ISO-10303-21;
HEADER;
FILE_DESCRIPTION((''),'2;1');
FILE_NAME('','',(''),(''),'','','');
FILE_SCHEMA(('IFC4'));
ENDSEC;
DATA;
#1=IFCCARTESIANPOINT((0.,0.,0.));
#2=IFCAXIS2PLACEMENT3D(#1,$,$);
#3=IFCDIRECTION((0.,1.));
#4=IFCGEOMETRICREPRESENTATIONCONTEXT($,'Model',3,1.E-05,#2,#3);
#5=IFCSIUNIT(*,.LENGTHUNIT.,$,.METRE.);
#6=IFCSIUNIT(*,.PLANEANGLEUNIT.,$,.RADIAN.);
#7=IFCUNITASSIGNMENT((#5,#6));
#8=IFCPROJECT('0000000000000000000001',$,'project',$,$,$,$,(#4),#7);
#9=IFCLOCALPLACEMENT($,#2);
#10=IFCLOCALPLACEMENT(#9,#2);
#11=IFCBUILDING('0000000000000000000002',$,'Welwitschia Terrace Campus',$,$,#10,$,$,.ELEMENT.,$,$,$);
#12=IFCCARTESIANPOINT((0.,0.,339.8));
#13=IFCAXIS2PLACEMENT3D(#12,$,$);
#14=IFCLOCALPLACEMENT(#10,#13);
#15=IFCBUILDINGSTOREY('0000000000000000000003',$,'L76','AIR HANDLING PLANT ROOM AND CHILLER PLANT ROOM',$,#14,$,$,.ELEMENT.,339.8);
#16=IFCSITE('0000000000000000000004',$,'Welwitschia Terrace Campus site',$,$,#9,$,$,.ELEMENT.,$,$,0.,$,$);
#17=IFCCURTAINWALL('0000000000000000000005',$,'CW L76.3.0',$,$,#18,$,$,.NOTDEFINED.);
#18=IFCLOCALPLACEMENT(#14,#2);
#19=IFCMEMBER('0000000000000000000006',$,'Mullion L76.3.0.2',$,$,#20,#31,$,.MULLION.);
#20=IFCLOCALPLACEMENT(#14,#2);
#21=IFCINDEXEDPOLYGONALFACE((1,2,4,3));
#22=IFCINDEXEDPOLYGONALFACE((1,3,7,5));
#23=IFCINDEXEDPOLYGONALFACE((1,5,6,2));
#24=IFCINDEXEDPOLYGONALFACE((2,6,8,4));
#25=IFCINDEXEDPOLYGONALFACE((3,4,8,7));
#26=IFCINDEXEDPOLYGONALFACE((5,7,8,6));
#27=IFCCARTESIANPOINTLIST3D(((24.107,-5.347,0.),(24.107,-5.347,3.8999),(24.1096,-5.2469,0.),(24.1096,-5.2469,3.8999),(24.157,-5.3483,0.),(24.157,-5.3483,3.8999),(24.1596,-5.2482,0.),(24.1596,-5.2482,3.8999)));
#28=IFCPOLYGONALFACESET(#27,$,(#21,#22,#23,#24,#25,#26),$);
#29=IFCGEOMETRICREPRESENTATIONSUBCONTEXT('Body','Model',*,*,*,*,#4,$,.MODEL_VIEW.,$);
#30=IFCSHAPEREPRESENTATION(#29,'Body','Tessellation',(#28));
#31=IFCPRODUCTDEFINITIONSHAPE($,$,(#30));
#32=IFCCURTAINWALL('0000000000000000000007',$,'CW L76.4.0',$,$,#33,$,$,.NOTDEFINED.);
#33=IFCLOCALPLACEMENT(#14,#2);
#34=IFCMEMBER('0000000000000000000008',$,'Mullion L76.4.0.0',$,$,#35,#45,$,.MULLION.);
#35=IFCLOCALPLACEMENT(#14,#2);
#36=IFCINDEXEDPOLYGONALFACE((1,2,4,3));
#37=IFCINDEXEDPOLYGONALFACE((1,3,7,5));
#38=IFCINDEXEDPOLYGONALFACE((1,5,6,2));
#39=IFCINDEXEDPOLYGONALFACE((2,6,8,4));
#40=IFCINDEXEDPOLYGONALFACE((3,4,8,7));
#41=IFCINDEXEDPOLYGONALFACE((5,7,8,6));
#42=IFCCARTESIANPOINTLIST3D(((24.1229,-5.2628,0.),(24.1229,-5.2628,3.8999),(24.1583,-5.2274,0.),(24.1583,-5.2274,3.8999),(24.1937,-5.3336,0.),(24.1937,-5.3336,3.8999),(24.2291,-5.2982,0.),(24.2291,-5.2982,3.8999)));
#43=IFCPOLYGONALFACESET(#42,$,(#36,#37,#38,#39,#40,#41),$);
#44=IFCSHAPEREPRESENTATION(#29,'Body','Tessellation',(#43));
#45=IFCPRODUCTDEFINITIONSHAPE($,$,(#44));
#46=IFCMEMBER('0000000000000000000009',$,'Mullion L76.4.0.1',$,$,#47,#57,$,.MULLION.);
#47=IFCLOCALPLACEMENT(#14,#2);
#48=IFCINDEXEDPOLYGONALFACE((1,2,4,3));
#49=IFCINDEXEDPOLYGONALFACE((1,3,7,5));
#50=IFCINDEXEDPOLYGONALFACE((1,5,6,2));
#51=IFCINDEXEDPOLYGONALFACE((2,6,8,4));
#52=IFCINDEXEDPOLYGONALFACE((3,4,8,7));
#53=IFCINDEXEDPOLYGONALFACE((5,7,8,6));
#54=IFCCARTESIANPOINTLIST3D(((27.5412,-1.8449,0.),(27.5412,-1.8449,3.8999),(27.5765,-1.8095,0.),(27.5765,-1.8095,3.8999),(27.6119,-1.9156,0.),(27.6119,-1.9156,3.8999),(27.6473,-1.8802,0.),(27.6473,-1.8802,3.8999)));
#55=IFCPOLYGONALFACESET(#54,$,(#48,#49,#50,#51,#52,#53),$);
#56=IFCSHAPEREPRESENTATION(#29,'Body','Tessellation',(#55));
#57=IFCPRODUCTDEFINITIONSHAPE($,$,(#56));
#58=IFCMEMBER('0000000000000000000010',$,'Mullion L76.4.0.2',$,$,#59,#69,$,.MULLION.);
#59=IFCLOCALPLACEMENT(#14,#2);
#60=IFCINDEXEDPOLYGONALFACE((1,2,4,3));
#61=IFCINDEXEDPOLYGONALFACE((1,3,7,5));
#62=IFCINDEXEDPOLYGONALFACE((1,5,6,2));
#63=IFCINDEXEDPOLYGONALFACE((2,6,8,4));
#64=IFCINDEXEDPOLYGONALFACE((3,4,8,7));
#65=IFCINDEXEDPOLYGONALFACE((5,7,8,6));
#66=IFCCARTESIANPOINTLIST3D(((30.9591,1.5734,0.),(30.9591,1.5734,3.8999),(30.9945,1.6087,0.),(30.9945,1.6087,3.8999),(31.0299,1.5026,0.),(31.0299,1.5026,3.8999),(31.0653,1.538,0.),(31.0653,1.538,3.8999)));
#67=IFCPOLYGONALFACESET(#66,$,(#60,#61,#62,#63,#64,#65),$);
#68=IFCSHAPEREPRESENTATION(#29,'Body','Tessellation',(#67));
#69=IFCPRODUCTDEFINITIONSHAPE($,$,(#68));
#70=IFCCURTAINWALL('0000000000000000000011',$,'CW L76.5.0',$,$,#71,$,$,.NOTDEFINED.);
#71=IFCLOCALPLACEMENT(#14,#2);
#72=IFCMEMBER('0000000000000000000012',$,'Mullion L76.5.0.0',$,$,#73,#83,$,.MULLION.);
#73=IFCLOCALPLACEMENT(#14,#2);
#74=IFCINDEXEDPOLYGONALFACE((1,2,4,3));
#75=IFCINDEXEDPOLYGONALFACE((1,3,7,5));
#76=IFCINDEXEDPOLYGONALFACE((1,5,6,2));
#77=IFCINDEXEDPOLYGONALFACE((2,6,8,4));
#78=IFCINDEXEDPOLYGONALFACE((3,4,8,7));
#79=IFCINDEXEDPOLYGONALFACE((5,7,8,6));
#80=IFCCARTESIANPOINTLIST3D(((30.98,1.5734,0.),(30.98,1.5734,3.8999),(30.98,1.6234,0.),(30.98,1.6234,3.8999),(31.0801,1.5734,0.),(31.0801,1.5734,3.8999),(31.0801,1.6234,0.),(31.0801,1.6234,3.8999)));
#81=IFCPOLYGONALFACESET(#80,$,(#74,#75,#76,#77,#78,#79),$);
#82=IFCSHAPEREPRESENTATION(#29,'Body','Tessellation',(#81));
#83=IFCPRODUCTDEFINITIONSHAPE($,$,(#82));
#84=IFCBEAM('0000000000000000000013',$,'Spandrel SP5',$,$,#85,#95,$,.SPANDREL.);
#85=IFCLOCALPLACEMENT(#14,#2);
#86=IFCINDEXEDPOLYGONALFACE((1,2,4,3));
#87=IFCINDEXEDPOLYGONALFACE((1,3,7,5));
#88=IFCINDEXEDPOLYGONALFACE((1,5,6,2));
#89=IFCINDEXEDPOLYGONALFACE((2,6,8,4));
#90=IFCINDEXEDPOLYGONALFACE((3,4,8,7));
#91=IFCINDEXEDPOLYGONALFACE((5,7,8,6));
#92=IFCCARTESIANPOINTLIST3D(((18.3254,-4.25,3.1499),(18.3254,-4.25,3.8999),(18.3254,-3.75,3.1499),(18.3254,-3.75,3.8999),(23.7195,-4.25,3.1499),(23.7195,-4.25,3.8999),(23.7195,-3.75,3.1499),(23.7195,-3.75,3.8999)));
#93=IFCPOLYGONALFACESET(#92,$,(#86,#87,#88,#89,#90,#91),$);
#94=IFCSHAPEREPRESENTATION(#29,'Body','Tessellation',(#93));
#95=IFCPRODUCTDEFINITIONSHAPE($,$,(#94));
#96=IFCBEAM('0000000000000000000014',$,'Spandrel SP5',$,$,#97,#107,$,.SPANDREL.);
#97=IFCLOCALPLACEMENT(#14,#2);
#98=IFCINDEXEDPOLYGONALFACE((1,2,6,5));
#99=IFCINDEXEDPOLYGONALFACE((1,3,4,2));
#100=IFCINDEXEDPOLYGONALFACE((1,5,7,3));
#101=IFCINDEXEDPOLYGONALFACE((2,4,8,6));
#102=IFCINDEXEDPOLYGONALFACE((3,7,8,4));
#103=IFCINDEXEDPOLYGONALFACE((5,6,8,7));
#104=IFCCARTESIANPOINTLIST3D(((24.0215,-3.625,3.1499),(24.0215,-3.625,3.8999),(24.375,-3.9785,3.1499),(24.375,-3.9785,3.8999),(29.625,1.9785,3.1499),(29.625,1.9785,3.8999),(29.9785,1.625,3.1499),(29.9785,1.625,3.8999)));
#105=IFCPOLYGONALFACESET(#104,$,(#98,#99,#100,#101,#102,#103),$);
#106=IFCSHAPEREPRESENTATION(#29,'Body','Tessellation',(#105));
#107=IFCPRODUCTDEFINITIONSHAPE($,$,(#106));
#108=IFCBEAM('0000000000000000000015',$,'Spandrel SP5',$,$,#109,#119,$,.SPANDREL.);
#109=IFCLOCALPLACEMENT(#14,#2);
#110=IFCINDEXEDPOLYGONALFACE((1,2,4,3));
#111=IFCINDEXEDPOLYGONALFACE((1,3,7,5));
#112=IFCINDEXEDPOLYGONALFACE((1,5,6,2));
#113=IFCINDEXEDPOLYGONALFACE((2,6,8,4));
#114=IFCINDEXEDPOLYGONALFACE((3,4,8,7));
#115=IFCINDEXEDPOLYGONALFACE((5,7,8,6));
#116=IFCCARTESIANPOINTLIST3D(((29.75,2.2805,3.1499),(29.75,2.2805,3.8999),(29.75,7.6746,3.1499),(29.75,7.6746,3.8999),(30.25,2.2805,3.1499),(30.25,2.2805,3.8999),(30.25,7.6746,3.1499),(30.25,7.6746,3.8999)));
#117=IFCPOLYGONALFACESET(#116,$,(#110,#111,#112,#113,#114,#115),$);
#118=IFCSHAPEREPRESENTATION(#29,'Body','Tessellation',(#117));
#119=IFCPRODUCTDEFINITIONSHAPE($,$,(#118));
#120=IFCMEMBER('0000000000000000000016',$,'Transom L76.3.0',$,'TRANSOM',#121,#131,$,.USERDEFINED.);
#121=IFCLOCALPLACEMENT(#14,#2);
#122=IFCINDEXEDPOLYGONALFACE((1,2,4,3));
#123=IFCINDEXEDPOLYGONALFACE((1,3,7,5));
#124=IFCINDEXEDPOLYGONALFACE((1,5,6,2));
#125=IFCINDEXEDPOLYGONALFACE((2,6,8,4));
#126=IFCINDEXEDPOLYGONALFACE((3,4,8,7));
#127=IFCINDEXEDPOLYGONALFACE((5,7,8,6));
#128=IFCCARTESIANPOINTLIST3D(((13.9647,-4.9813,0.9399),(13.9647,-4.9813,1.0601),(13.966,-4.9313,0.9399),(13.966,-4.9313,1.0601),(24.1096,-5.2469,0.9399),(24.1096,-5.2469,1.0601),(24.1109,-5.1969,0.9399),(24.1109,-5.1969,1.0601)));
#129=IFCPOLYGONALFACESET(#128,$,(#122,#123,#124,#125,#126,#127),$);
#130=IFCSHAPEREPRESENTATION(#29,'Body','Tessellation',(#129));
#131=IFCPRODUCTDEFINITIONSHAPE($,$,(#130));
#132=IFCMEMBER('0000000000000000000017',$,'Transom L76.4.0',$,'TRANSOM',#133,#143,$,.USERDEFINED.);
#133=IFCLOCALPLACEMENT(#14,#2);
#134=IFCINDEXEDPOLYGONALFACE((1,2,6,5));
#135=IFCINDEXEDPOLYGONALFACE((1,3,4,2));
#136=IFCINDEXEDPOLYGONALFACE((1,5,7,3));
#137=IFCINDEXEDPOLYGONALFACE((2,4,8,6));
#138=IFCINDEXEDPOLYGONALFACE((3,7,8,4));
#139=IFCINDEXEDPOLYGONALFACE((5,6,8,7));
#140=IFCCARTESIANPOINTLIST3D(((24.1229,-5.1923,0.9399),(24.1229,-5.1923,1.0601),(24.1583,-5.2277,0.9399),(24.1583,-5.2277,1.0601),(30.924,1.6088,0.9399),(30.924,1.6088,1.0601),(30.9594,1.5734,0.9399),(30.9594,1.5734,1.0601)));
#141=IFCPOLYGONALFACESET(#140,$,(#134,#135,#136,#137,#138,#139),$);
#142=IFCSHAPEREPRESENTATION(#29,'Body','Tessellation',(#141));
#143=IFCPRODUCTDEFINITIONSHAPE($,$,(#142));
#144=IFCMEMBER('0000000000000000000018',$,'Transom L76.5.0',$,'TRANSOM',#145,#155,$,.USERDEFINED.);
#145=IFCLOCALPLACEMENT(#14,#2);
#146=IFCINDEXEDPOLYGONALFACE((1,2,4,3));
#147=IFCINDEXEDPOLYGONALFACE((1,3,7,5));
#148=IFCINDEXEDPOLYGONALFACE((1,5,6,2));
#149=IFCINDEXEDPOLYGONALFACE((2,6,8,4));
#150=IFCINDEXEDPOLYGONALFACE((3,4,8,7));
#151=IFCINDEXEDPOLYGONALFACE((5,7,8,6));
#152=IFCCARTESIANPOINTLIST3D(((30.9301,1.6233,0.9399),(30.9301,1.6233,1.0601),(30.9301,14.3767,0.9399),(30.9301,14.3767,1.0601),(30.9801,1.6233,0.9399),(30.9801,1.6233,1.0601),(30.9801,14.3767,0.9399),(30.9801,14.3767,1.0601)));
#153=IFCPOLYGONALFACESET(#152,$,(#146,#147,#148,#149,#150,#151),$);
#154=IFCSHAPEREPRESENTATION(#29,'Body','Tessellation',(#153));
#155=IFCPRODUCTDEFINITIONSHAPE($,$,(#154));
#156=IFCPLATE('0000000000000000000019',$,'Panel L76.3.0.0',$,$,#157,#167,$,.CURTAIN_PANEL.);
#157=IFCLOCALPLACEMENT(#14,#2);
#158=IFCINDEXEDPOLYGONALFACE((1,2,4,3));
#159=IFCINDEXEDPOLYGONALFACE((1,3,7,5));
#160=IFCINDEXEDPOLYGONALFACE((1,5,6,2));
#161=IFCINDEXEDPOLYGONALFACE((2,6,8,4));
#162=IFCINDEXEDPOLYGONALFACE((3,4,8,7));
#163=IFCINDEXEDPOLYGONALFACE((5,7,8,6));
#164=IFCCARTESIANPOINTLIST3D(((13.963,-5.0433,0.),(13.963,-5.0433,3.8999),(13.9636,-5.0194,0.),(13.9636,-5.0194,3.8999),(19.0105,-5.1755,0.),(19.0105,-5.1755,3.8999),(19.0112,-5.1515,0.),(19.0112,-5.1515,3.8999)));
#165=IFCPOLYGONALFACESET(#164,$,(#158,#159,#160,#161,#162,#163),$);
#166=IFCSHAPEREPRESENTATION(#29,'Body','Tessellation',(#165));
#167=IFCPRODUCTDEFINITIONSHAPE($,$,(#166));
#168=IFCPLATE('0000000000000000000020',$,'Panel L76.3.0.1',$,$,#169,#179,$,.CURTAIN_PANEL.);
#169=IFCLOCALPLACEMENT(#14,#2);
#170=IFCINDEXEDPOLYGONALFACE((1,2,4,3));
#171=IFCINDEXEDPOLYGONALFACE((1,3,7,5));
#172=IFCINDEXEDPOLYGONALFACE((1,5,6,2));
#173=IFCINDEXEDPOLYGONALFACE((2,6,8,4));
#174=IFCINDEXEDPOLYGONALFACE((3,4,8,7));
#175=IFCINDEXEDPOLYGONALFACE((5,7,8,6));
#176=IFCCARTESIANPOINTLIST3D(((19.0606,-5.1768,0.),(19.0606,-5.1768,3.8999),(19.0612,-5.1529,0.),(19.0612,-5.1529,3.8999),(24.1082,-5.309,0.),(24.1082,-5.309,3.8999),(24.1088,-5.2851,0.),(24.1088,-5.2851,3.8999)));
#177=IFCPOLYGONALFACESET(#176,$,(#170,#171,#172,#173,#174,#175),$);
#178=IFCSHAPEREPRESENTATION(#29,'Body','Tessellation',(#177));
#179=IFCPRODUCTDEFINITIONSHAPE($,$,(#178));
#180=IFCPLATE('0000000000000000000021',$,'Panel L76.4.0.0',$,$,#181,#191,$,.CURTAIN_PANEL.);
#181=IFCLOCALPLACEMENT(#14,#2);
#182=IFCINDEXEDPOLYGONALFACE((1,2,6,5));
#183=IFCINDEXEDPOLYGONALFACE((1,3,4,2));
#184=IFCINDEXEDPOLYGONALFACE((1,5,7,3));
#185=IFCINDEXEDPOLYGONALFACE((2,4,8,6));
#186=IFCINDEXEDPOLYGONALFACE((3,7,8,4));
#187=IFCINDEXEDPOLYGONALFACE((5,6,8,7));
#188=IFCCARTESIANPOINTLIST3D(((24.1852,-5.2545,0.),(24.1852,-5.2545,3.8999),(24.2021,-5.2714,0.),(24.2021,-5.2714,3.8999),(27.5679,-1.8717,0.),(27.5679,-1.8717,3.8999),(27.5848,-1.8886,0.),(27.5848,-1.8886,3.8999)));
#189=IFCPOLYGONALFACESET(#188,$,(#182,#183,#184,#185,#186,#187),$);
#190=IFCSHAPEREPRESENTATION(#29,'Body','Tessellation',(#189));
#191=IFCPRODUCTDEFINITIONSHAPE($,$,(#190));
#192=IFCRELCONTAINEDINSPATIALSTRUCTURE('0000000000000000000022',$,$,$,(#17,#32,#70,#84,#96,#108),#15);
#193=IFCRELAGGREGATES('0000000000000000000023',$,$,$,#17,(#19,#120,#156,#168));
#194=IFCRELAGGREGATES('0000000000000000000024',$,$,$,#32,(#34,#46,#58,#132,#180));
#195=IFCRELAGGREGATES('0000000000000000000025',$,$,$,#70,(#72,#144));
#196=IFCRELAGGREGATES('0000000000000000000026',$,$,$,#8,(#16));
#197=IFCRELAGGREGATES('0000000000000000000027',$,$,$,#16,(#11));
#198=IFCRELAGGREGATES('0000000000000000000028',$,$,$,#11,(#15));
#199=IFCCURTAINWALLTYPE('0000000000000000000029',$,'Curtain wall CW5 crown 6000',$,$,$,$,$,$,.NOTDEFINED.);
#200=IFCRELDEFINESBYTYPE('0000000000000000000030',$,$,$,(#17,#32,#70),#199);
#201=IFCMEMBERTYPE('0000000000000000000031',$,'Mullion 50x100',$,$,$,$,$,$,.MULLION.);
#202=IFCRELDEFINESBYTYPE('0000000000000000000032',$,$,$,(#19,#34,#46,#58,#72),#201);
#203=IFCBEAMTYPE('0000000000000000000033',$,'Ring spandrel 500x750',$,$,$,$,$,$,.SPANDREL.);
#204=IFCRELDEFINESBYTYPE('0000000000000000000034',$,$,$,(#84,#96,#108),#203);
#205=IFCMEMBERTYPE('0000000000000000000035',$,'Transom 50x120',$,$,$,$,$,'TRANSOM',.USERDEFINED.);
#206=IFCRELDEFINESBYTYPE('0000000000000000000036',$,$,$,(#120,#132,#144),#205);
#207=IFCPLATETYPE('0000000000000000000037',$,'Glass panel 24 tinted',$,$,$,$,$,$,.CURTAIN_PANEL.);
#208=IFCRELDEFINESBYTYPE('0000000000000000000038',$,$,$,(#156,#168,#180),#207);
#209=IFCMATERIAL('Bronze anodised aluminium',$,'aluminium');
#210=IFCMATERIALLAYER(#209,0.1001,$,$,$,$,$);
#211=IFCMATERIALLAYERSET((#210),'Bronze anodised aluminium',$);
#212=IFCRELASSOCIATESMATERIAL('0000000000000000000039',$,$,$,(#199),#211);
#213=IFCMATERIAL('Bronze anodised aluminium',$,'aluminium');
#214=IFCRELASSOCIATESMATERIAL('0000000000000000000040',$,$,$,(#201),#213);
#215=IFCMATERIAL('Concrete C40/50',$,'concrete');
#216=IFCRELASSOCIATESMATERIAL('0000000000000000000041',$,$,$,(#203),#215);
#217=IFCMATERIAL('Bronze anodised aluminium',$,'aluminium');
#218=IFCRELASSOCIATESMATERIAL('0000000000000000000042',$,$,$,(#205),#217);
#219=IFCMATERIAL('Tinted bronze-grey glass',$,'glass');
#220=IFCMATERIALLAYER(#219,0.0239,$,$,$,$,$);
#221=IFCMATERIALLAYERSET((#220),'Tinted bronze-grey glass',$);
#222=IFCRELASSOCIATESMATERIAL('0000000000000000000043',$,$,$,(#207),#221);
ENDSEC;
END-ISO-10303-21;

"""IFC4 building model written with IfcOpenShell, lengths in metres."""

from ifc_helpers import new_model, si_unit, direction, frame, origin, origin_2d, place, context, subcontext, project, spatial, rectangle, extrude, material, layer, layer_set, material_profile, profile_set, type_object, element, aggregate, save


model = new_model("IFC4")

# Units and contexts
model_context = context("Model", 3, precision=1e-05, world=origin(), true_north=direction((0.0, 1.0)))
body_context = subcontext(model_context, "Body", "Model", "MODEL_VIEW")
ifc_project = project(units=[si_unit("LENGTHUNIT", "METRE"), si_unit("PLANEANGLEUNIT", "RADIAN")], contexts=[model_context])

# Site, building, storey
site_placement = place(None, origin())
site = spatial("IfcSite", under=ifc_project, at=site_placement, Name="Welwitschia Terrace Campus site", CompositionType="ELEMENT", RefElevation=0.0)
building_placement = place(site_placement, origin())
building = spatial("IfcBuilding", under=site, at=building_placement, Name="Welwitschia Terrace Campus", CompositionType="ELEMENT")
storey_placement = place(building_placement, frame((0.0, 0.0, 339.8)))
storey = spatial("IfcBuildingStorey", under=building, at=storey_placement, Name="L76", Description="AIR HANDLING PLANT ROOM AND CHILLER PLANT ROOM", CompositionType="ELEMENT", Elevation=339.8)

# Shared definitions
ifc_material_1 = material(Name="Bronze anodised aluminium", Category="aluminium")
ifc_layer_1 = layer(ifc_material_1, 0.1001)
ifc_layer_set_1 = layer_set([ifc_layer_1], Name="Bronze anodised aluminium")
curtain_wall_type = type_object("IfcCurtainWallType", Name="Curtain wall CW5 crown 6000", PredefinedType="NOTDEFINED", material=ifc_layer_set_1)
ifc_material_2 = material(Name="Bronze anodised aluminium", Category="aluminium")
ifc_material_profile_1 = material_profile(ifc_material_2, rectangle(XDim=0.1001, YDim=0.05, at=origin_2d()))
ifc_profile_set_1 = profile_set([ifc_material_profile_1], Name="Bronze anodised aluminium")
member_type_1 = type_object("IfcMemberType", Name="Mullion 50x100", PredefinedType="MULLION", material=ifc_profile_set_1)

# Curtain walls, members
curtain_wall_1_placement = place(storey_placement, origin())
curtain_wall_1 = element("IfcCurtainWall", 1, at=curtain_wall_1_placement, inside=storey, type_object=curtain_wall_type, Name="CW L76.3.0", PredefinedType="NOTDEFINED")
member_1_placement = place(storey_placement, frame((24.1333, -5.2976, 0.0), z_axis=(0.0, 0.0, 1.0), x_axis=(0.026177, 0.999657, 0.0)))
member_1 = element("IfcMember", 2, at=member_1_placement, type_object=member_type_1, Name="Mullion L76.3.0.2", PredefinedType="MULLION", context=body_context, shape_type="SweptSolid", body=[
    extrude(rectangle(XDim=0.1001, YDim=0.05, at=origin_2d()), origin(), (0.0, 0.0, 1.0), 3.8999),
])
curtain_wall_2_placement = place(storey_placement, origin())
curtain_wall_2 = element("IfcCurtainWall", 3, at=curtain_wall_2_placement, inside=storey, type_object=curtain_wall_type, Name="CW L76.4.0", PredefinedType="NOTDEFINED")
member_2_placement = place(storey_placement, frame((24.176, -5.2805, 0.0), z_axis=(0.0, 0.0, 1.0), x_axis=(-0.707107, 0.707107, 0.0)))
member_2 = element("IfcMember", 4, at=member_2_placement, type_object=member_type_1, Name="Mullion L76.4.0.0", PredefinedType="MULLION", context=body_context, shape_type="SweptSolid", body=[
    extrude(rectangle(XDim=0.1001, YDim=0.05, at=origin_2d()), origin(), (0.0, 0.0, 1.0), 3.8999),
])
member_3_placement = place(storey_placement, frame((27.5942, -1.8625, 0.0), z_axis=(0.0, 0.0, 1.0), x_axis=(-0.707107, 0.707107, 0.0)))
member_3 = element("IfcMember", 5, at=member_3_placement, type_object=member_type_1, Name="Mullion L76.4.0.1", PredefinedType="MULLION", context=body_context, shape_type="SweptSolid", body=[
    extrude(rectangle(XDim=0.1001, YDim=0.05, at=origin_2d()), origin(), (0.0, 0.0, 1.0), 3.8999),
])
member_4_placement = place(storey_placement, frame((31.0122, 1.5557, 0.0), z_axis=(0.0, 0.0, 1.0), x_axis=(-0.707107, 0.707107, 0.0)))
member_4 = element("IfcMember", 6, at=member_4_placement, type_object=member_type_1, Name="Mullion L76.4.0.2", PredefinedType="MULLION", context=body_context, shape_type="SweptSolid", body=[
    extrude(rectangle(XDim=0.1001, YDim=0.05, at=origin_2d()), origin(), (0.0, 0.0, 1.0), 3.8999),
])

# Curtain wall, member
curtain_wall_3_placement = place(storey_placement, origin())
curtain_wall_3 = element("IfcCurtainWall", 7, at=curtain_wall_3_placement, inside=storey, type_object=curtain_wall_type, Name="CW L76.5.0", PredefinedType="NOTDEFINED")
member_5_placement = place(storey_placement, frame((31.03, 1.5984, 0.0), z_axis=(0.0, 0.0, 1.0), x_axis=(-1.0, 0.0, 0.0)))
member_5 = element("IfcMember", 8, at=member_5_placement, type_object=member_type_1, Name="Mullion L76.5.0.0", PredefinedType="MULLION", context=body_context, shape_type="SweptSolid", body=[
    extrude(rectangle(XDim=0.1001, YDim=0.05, at=origin_2d()), origin(), (0.0, 0.0, 1.0), 3.8999),
])

# Beams
ifc_material_3 = material(Name="Concrete C40/50", Category="concrete")
ifc_material_profile_2 = material_profile(ifc_material_3, rectangle(XDim=0.5, YDim=0.75, at=origin_2d()))
ifc_profile_set_2 = profile_set([ifc_material_profile_2], Name="Concrete C40/50")
beam_type_1 = type_object("IfcBeamType", Name="Ring spandrel 500x750", PredefinedType="SPANDREL", material=ifc_profile_set_2)
beam_1_placement = place(storey_placement, frame((18.3254, -4.0, 3.5249), z_axis=(1.0, 0.0, 0.0), x_axis=(0.0, 1.0, 0.0)))
element("IfcBeam", 9, at=beam_1_placement, inside=storey, type_object=beam_type_1, Name="Spandrel SP5", PredefinedType="SPANDREL", context=body_context, shape_type="SweptSolid", body=[
    extrude(rectangle(XDim=0.5, YDim=0.75, at=origin_2d()), origin(), (0.0, 0.0, 1.0), 5.394),
])
beam_2_placement = place(storey_placement, frame((24.1982, -3.8018, 3.5249), z_axis=(0.707107, 0.707107, 0.0), x_axis=(-0.707107, 0.707107, 0.0)))
element("IfcBeam", 10, at=beam_2_placement, inside=storey, type_object=beam_type_1, Name="Spandrel SP5", PredefinedType="SPANDREL", context=body_context, shape_type="SweptSolid", body=[
    extrude(rectangle(XDim=0.5, YDim=0.75, at=origin_2d()), origin(), (0.0, 0.0, 1.0), 7.9246),
])
beam_3_placement = place(storey_placement, frame((30.0, 2.2805, 3.5249), z_axis=(0.0, 1.0, 0.0), x_axis=(-1.0, 0.0, 0.0)))
element("IfcBeam", 11, at=beam_3_placement, inside=storey, type_object=beam_type_1, Name="Spandrel SP5", PredefinedType="SPANDREL", context=body_context, shape_type="SweptSolid", body=[
    extrude(rectangle(XDim=0.5, YDim=0.75, at=origin_2d()), origin(), (0.0, 0.0, 1.0), 5.394),
])

# Members
ifc_material_4 = material(Name="Bronze anodised aluminium", Category="aluminium")
ifc_material_profile_3 = material_profile(ifc_material_4, rectangle(XDim=0.05, YDim=0.1201, at=origin_2d()))
ifc_profile_set_3 = profile_set([ifc_material_profile_3], Name="Bronze anodised aluminium")
member_type_2 = type_object("IfcMemberType", Name="Transom 50x120", ElementType="TRANSOM", PredefinedType="USERDEFINED", material=ifc_profile_set_3)
member_6_placement = place(storey_placement, frame((13.9653, -4.9563, 1.0), z_axis=(0.999657, -0.026174, 0.0), x_axis=(0.026174, 0.999657, 0.0)))
member_6 = element("IfcMember", 12, at=member_6_placement, type_object=member_type_2, Name="Transom L76.3.0", ObjectType="TRANSOM", PredefinedType="USERDEFINED", context=body_context, shape_type="SweptSolid", body=[
    extrude(rectangle(XDim=0.05, YDim=0.1201, at=origin_2d()), origin(), (0.0, 0.0, 1.0), 10.1484),
])
member_7_placement = place(storey_placement, frame((24.1406, -5.21, 1.0), z_axis=(0.707107, 0.707107, 0.0), x_axis=(-0.707107, 0.707107, 0.0)))
member_7 = element("IfcMember", 13, at=member_7_placement, type_object=member_type_2, Name="Transom L76.4.0", ObjectType="TRANSOM", PredefinedType="USERDEFINED", context=body_context, shape_type="SweptSolid", body=[
    extrude(rectangle(XDim=0.05, YDim=0.1201, at=origin_2d()), origin(), (0.0, 0.0, 1.0), 9.6182),
])
member_8_placement = place(storey_placement, frame((30.9551, 1.6233, 1.0), z_axis=(0.0, 1.0, 0.0), x_axis=(-1.0, 0.0, 0.0)))
member_8 = element("IfcMember", 14, at=member_8_placement, type_object=member_type_2, Name="Transom L76.5.0", ObjectType="TRANSOM", PredefinedType="USERDEFINED", context=body_context, shape_type="SweptSolid", body=[
    extrude(rectangle(XDim=0.05, YDim=0.1201, at=origin_2d()), origin(), (0.0, 0.0, 1.0), 12.7534),
])

# Plates
ifc_material_5 = material(Name="Tinted bronze-grey glass", Category="glass")
ifc_layer_2 = layer(ifc_material_5, 0.0239)
ifc_layer_set_2 = layer_set([ifc_layer_2], Name="Tinted bronze-grey glass")
plate_type = type_object("IfcPlateType", Name="Glass panel 24 tinted", PredefinedType="CURTAIN_PANEL", material=ifc_layer_set_2)
plate_1_placement = place(storey_placement, frame((16.4871, -5.0974, 0.0), z_axis=(0.0, 0.0, 1.0), x_axis=(0.999657, -0.026177, 0.0)))
plate_1 = element("IfcPlate", 15, at=plate_1_placement, type_object=plate_type, Name="Panel L76.3.0.0", PredefinedType="CURTAIN_PANEL", context=body_context, shape_type="SweptSolid", body=[
    extrude(rectangle(XDim=5.0493, YDim=0.0239, at=origin_2d()), origin(), (0.0, 0.0, 1.0), 3.8999),
])
plate_2_placement = place(storey_placement, frame((21.5847, -5.231, 0.0), z_axis=(0.0, 0.0, 1.0), x_axis=(0.999657, -0.026177, 0.0)))
plate_2 = element("IfcPlate", 16, at=plate_2_placement, type_object=plate_type, Name="Panel L76.3.0.1", PredefinedType="CURTAIN_PANEL", context=body_context, shape_type="SweptSolid", body=[
    extrude(rectangle(XDim=5.0493, YDim=0.0239, at=origin_2d()), origin(), (0.0, 0.0, 1.0), 3.8999),
])
aggregate(curtain_wall_1, [member_1, member_6, plate_1, plate_2])
plate_3_placement = place(storey_placement, frame((25.885, -3.5715, 0.0), z_axis=(0.0, 0.0, 1.0), x_axis=(0.707107, 0.707107, 0.0)))
plate_3 = element("IfcPlate", 17, at=plate_3_placement, type_object=plate_type, Name="Panel L76.4.0.0", PredefinedType="CURTAIN_PANEL", context=body_context, shape_type="SweptSolid", body=[
    extrude(rectangle(XDim=4.7839, YDim=0.0239, at=origin_2d()), origin(), (0.0, 0.0, 1.0), 3.8999),
])
aggregate(curtain_wall_2, [member_2, member_3, member_4, member_7, plate_3])
aggregate(curtain_wall_3, [member_5, member_8])

save(model, "model.ifc")
